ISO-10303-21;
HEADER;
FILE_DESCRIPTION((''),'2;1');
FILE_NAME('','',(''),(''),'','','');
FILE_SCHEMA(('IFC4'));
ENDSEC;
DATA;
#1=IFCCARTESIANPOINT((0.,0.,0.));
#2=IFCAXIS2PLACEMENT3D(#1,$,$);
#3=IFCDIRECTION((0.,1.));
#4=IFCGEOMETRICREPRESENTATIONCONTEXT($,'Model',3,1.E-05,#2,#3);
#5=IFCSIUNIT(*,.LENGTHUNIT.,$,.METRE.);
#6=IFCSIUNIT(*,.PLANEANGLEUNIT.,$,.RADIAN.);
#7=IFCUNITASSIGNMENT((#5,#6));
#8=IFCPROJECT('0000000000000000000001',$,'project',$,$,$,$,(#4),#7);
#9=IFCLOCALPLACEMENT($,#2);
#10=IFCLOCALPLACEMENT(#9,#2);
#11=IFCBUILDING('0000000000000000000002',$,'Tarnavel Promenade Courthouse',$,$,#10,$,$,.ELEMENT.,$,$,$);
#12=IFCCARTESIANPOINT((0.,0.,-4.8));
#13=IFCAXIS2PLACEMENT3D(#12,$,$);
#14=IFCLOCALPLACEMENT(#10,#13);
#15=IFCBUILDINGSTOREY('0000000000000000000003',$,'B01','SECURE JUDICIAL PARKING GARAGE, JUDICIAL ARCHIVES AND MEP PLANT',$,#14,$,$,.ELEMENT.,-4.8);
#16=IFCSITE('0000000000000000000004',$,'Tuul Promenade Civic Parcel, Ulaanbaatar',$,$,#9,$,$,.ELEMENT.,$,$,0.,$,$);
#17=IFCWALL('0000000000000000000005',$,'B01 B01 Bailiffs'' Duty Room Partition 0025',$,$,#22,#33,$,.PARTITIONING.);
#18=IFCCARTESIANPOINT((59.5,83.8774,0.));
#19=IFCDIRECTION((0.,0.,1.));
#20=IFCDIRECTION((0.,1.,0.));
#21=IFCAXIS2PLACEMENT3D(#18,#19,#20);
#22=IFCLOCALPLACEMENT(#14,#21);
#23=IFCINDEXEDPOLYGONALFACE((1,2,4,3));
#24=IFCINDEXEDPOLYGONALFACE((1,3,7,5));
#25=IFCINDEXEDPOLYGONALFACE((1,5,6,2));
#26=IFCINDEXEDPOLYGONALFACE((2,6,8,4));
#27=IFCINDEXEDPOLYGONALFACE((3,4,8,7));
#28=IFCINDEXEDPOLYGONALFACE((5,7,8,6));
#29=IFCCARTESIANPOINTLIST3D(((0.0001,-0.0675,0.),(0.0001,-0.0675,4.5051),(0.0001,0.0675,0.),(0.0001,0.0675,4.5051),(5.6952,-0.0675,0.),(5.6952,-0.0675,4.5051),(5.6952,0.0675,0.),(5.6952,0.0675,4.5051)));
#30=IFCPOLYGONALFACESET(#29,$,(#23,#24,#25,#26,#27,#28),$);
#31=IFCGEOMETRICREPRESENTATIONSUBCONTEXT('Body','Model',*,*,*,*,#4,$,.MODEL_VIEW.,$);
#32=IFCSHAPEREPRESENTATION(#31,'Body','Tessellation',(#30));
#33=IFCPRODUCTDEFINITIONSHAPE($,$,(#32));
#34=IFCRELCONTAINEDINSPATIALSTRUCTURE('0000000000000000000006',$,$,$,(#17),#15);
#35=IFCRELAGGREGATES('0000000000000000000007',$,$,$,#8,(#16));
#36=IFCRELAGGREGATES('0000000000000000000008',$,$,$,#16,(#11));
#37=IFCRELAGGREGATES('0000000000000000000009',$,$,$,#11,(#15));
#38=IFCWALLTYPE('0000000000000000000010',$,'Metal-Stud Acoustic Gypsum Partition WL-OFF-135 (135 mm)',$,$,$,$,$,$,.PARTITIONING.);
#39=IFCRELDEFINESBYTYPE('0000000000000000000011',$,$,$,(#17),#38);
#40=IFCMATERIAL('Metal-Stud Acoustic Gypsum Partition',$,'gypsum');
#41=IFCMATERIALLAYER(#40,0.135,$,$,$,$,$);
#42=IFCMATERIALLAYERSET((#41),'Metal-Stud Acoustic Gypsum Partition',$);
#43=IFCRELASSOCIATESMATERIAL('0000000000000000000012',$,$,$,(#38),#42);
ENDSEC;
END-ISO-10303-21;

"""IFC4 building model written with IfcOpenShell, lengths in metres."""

from ifc_helpers import new_model, si_unit, direction, frame, frame_2d, origin, place, context, subcontext, project, spatial, rectangle, extrude, material, layer, layer_set, type_object, element, save


model = new_model("IFC4")

# Units and contexts
model_context = context("Model", 3, precision=1e-05, world=origin(), true_north=direction((0.0, 1.0)))
body_context = subcontext(model_context, "Body", "Model", "MODEL_VIEW")
ifc_project = project(units=[si_unit("LENGTHUNIT", "METRE"), si_unit("PLANEANGLEUNIT", "RADIAN")], contexts=[model_context])

# Site, building, storey
site_placement = place(None, origin())
site = spatial("IfcSite", under=ifc_project, at=site_placement, Name="Tuul Promenade Civic Parcel, Ulaanbaatar", CompositionType="ELEMENT", RefElevation=0.0)
building_placement = place(site_placement, origin())
building = spatial("IfcBuilding", under=site, at=building_placement, Name="Tarnavel Promenade Courthouse", CompositionType="ELEMENT")
storey_placement = place(building_placement, frame((0.0, 0.0, -4.8)))
storey = spatial("IfcBuildingStorey", under=building, at=storey_placement, Name="B01", Description="SECURE JUDICIAL PARKING GARAGE, JUDICIAL ARCHIVES AND MEP PLANT", CompositionType="ELEMENT", Elevation=-4.8)

# Wall
ifc_material_1 = material(Name="Metal-Stud Acoustic Gypsum Partition", Category="gypsum")
ifc_layer_1 = layer(ifc_material_1, 0.135)
ifc_layer_set_1 = layer_set([ifc_layer_1], Name="Metal-Stud Acoustic Gypsum Partition")
wall_type_1 = type_object("IfcWallType", Name="Metal-Stud Acoustic Gypsum Partition WL-OFF-135 (135 mm)", PredefinedType="PARTITIONING", material=ifc_layer_set_1)
wall_1_placement = place(storey_placement, frame((59.5, 83.8774, 0.0), z_axis=(0.0, 0.0, 1.0), x_axis=(0.0, 1.0, 0.0)))
element("IfcWall", 1, at=wall_1_placement, inside=storey, type_object=wall_type_1, Name="B01 B01 Bailiffs' Duty Room Partition 0025", PredefinedType="PARTITIONING", context=body_context, shape_type="SweptSolid", body=[
    extrude(rectangle(XDim=5.6951, YDim=0.135, at=frame_2d((2.8477, 0.0))), origin(), (0.0, 0.0, 1.0), 4.5051),
])

save(model, "model.ifc")
